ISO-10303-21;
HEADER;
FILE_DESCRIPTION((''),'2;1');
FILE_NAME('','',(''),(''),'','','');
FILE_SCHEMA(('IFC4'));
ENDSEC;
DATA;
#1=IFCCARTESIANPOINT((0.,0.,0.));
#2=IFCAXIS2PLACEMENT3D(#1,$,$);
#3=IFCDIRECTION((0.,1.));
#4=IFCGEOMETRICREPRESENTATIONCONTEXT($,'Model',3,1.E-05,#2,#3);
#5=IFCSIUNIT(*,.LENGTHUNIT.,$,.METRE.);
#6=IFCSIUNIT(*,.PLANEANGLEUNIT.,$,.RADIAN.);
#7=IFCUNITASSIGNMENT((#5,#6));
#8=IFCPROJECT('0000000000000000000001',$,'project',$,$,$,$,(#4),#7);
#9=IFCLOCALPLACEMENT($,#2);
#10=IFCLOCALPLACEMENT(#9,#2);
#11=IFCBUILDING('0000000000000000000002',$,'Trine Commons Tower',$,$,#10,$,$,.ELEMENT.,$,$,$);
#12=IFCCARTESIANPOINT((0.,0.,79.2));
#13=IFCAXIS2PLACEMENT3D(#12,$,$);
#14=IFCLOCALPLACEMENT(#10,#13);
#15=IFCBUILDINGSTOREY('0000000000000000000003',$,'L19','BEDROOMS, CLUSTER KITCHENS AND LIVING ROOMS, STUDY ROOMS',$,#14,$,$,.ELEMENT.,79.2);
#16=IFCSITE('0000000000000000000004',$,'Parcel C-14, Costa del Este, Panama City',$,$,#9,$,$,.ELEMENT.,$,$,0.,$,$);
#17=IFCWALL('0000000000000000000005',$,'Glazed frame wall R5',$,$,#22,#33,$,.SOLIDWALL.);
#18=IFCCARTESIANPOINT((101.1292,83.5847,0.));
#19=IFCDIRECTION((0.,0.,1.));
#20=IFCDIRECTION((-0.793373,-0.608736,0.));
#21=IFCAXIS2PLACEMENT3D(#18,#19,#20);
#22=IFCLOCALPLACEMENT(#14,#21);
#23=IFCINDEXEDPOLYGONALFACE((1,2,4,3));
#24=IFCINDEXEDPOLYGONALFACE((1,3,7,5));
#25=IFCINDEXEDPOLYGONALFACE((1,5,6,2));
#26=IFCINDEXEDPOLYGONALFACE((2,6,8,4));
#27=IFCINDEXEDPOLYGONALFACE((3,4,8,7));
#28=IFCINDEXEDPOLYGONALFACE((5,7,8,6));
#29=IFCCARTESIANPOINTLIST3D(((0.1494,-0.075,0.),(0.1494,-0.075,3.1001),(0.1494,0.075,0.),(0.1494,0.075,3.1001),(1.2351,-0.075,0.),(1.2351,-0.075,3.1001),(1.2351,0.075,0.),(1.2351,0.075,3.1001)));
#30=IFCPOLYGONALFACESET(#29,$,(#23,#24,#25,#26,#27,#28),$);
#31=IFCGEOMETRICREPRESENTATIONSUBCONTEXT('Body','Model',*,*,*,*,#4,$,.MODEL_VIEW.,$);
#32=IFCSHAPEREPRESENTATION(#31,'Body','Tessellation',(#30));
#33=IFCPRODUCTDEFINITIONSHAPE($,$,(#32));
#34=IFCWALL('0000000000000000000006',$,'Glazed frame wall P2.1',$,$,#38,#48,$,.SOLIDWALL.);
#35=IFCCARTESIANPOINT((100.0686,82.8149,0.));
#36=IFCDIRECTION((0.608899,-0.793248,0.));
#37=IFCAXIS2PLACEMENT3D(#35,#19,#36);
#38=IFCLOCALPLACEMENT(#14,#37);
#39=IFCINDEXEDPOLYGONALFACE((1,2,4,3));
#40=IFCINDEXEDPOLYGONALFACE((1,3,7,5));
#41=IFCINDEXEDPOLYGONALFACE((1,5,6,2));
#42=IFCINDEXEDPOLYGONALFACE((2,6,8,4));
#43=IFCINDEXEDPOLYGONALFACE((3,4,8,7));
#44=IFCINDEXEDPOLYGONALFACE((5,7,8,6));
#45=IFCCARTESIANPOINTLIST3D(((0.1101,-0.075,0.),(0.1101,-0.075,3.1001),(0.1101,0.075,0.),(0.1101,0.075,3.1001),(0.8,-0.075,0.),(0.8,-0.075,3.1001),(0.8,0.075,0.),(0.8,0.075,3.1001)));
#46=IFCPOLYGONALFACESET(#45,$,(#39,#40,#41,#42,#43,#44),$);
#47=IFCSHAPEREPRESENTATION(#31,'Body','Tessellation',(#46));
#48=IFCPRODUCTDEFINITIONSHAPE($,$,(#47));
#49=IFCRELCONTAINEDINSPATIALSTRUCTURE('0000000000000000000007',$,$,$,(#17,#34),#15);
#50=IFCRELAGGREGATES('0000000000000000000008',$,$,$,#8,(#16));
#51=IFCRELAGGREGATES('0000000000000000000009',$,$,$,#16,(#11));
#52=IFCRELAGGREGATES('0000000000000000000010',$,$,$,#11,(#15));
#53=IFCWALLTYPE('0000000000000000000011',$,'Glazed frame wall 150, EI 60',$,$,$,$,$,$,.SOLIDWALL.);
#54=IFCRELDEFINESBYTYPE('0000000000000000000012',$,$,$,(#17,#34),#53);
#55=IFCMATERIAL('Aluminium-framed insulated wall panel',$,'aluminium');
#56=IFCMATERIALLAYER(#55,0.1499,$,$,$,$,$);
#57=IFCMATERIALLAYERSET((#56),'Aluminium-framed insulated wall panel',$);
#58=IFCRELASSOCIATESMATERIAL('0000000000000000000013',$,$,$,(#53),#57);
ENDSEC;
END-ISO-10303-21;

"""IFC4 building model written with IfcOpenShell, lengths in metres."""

from ifc_helpers import new_model, si_unit, direction, frame, origin, place, context, subcontext, project, spatial, polyline, outline, extrude, material, layer, layer_set, type_object, element, save


model = new_model("IFC4")

# Units and contexts
model_context = context("Model", 3, precision=1e-05, world=origin(), true_north=direction((0.0, 1.0)))
body_context = subcontext(model_context, "Body", "Model", "MODEL_VIEW")
ifc_project = project(units=[si_unit("LENGTHUNIT", "METRE"), si_unit("PLANEANGLEUNIT", "RADIAN")], contexts=[model_context])

# Site, building, storey
site_placement = place(None, origin())
site = spatial("IfcSite", under=ifc_project, at=site_placement, Name="Parcel C-14, Costa del Este, Panama City", CompositionType="ELEMENT", RefElevation=0.0)
building_placement = place(site_placement, origin())
building = spatial("IfcBuilding", under=site, at=building_placement, Name="Trine Commons Tower", CompositionType="ELEMENT")
storey_placement = place(building_placement, frame((0.0, 0.0, 79.2)))
storey = spatial("IfcBuildingStorey", under=building, at=storey_placement, Name="L19", Description="BEDROOMS, CLUSTER KITCHENS AND LIVING ROOMS, STUDY ROOMS", CompositionType="ELEMENT", Elevation=79.2)

# Walls
ifc_material_1 = material(Name="Aluminium-framed insulated wall panel", Category="aluminium")
ifc_layer_1 = layer(ifc_material_1, 0.1499)
ifc_layer_set_1 = layer_set([ifc_layer_1], Name="Aluminium-framed insulated wall panel")
wall_type_1 = type_object("IfcWallType", Name="Glazed frame wall 150, EI 60", PredefinedType="SOLIDWALL", material=ifc_layer_set_1)
wall_1_placement = place(storey_placement, frame((101.1292, 83.5847, 0.0), z_axis=(0.0, 0.0, 1.0), x_axis=(-0.793373, -0.608736, 0.0)))
element("IfcWall", 1, at=wall_1_placement, inside=storey, type_object=wall_type_1, Name="Glazed frame wall R5", PredefinedType="SOLIDWALL", context=body_context, shape_type="SweptSolid", body=[
    extrude(outline(polyline([(0.1494, 0.075), (0.1494, -0.075), (1.2351, -0.075), (1.2351, 0.075), (0.1494, 0.075)])), origin(), (0.0, 0.0, 1.0), 3.1001),
])
wall_2_placement = place(storey_placement, frame((100.0686, 82.8149, 0.0), z_axis=(0.0, 0.0, 1.0), x_axis=(0.608899, -0.793248, 0.0)))
element("IfcWall", 2, at=wall_2_placement, inside=storey, type_object=wall_type_1, Name="Glazed frame wall P2.1", PredefinedType="SOLIDWALL", context=body_context, shape_type="SweptSolid", body=[
    extrude(outline(polyline([(0.1101, -0.075), (0.8, -0.075), (0.8, 0.075), (0.1101, 0.075), (0.1101, -0.075)])), origin(), (0.0, 0.0, 1.0), 3.1001),
])

save(model, "model.ifc")
